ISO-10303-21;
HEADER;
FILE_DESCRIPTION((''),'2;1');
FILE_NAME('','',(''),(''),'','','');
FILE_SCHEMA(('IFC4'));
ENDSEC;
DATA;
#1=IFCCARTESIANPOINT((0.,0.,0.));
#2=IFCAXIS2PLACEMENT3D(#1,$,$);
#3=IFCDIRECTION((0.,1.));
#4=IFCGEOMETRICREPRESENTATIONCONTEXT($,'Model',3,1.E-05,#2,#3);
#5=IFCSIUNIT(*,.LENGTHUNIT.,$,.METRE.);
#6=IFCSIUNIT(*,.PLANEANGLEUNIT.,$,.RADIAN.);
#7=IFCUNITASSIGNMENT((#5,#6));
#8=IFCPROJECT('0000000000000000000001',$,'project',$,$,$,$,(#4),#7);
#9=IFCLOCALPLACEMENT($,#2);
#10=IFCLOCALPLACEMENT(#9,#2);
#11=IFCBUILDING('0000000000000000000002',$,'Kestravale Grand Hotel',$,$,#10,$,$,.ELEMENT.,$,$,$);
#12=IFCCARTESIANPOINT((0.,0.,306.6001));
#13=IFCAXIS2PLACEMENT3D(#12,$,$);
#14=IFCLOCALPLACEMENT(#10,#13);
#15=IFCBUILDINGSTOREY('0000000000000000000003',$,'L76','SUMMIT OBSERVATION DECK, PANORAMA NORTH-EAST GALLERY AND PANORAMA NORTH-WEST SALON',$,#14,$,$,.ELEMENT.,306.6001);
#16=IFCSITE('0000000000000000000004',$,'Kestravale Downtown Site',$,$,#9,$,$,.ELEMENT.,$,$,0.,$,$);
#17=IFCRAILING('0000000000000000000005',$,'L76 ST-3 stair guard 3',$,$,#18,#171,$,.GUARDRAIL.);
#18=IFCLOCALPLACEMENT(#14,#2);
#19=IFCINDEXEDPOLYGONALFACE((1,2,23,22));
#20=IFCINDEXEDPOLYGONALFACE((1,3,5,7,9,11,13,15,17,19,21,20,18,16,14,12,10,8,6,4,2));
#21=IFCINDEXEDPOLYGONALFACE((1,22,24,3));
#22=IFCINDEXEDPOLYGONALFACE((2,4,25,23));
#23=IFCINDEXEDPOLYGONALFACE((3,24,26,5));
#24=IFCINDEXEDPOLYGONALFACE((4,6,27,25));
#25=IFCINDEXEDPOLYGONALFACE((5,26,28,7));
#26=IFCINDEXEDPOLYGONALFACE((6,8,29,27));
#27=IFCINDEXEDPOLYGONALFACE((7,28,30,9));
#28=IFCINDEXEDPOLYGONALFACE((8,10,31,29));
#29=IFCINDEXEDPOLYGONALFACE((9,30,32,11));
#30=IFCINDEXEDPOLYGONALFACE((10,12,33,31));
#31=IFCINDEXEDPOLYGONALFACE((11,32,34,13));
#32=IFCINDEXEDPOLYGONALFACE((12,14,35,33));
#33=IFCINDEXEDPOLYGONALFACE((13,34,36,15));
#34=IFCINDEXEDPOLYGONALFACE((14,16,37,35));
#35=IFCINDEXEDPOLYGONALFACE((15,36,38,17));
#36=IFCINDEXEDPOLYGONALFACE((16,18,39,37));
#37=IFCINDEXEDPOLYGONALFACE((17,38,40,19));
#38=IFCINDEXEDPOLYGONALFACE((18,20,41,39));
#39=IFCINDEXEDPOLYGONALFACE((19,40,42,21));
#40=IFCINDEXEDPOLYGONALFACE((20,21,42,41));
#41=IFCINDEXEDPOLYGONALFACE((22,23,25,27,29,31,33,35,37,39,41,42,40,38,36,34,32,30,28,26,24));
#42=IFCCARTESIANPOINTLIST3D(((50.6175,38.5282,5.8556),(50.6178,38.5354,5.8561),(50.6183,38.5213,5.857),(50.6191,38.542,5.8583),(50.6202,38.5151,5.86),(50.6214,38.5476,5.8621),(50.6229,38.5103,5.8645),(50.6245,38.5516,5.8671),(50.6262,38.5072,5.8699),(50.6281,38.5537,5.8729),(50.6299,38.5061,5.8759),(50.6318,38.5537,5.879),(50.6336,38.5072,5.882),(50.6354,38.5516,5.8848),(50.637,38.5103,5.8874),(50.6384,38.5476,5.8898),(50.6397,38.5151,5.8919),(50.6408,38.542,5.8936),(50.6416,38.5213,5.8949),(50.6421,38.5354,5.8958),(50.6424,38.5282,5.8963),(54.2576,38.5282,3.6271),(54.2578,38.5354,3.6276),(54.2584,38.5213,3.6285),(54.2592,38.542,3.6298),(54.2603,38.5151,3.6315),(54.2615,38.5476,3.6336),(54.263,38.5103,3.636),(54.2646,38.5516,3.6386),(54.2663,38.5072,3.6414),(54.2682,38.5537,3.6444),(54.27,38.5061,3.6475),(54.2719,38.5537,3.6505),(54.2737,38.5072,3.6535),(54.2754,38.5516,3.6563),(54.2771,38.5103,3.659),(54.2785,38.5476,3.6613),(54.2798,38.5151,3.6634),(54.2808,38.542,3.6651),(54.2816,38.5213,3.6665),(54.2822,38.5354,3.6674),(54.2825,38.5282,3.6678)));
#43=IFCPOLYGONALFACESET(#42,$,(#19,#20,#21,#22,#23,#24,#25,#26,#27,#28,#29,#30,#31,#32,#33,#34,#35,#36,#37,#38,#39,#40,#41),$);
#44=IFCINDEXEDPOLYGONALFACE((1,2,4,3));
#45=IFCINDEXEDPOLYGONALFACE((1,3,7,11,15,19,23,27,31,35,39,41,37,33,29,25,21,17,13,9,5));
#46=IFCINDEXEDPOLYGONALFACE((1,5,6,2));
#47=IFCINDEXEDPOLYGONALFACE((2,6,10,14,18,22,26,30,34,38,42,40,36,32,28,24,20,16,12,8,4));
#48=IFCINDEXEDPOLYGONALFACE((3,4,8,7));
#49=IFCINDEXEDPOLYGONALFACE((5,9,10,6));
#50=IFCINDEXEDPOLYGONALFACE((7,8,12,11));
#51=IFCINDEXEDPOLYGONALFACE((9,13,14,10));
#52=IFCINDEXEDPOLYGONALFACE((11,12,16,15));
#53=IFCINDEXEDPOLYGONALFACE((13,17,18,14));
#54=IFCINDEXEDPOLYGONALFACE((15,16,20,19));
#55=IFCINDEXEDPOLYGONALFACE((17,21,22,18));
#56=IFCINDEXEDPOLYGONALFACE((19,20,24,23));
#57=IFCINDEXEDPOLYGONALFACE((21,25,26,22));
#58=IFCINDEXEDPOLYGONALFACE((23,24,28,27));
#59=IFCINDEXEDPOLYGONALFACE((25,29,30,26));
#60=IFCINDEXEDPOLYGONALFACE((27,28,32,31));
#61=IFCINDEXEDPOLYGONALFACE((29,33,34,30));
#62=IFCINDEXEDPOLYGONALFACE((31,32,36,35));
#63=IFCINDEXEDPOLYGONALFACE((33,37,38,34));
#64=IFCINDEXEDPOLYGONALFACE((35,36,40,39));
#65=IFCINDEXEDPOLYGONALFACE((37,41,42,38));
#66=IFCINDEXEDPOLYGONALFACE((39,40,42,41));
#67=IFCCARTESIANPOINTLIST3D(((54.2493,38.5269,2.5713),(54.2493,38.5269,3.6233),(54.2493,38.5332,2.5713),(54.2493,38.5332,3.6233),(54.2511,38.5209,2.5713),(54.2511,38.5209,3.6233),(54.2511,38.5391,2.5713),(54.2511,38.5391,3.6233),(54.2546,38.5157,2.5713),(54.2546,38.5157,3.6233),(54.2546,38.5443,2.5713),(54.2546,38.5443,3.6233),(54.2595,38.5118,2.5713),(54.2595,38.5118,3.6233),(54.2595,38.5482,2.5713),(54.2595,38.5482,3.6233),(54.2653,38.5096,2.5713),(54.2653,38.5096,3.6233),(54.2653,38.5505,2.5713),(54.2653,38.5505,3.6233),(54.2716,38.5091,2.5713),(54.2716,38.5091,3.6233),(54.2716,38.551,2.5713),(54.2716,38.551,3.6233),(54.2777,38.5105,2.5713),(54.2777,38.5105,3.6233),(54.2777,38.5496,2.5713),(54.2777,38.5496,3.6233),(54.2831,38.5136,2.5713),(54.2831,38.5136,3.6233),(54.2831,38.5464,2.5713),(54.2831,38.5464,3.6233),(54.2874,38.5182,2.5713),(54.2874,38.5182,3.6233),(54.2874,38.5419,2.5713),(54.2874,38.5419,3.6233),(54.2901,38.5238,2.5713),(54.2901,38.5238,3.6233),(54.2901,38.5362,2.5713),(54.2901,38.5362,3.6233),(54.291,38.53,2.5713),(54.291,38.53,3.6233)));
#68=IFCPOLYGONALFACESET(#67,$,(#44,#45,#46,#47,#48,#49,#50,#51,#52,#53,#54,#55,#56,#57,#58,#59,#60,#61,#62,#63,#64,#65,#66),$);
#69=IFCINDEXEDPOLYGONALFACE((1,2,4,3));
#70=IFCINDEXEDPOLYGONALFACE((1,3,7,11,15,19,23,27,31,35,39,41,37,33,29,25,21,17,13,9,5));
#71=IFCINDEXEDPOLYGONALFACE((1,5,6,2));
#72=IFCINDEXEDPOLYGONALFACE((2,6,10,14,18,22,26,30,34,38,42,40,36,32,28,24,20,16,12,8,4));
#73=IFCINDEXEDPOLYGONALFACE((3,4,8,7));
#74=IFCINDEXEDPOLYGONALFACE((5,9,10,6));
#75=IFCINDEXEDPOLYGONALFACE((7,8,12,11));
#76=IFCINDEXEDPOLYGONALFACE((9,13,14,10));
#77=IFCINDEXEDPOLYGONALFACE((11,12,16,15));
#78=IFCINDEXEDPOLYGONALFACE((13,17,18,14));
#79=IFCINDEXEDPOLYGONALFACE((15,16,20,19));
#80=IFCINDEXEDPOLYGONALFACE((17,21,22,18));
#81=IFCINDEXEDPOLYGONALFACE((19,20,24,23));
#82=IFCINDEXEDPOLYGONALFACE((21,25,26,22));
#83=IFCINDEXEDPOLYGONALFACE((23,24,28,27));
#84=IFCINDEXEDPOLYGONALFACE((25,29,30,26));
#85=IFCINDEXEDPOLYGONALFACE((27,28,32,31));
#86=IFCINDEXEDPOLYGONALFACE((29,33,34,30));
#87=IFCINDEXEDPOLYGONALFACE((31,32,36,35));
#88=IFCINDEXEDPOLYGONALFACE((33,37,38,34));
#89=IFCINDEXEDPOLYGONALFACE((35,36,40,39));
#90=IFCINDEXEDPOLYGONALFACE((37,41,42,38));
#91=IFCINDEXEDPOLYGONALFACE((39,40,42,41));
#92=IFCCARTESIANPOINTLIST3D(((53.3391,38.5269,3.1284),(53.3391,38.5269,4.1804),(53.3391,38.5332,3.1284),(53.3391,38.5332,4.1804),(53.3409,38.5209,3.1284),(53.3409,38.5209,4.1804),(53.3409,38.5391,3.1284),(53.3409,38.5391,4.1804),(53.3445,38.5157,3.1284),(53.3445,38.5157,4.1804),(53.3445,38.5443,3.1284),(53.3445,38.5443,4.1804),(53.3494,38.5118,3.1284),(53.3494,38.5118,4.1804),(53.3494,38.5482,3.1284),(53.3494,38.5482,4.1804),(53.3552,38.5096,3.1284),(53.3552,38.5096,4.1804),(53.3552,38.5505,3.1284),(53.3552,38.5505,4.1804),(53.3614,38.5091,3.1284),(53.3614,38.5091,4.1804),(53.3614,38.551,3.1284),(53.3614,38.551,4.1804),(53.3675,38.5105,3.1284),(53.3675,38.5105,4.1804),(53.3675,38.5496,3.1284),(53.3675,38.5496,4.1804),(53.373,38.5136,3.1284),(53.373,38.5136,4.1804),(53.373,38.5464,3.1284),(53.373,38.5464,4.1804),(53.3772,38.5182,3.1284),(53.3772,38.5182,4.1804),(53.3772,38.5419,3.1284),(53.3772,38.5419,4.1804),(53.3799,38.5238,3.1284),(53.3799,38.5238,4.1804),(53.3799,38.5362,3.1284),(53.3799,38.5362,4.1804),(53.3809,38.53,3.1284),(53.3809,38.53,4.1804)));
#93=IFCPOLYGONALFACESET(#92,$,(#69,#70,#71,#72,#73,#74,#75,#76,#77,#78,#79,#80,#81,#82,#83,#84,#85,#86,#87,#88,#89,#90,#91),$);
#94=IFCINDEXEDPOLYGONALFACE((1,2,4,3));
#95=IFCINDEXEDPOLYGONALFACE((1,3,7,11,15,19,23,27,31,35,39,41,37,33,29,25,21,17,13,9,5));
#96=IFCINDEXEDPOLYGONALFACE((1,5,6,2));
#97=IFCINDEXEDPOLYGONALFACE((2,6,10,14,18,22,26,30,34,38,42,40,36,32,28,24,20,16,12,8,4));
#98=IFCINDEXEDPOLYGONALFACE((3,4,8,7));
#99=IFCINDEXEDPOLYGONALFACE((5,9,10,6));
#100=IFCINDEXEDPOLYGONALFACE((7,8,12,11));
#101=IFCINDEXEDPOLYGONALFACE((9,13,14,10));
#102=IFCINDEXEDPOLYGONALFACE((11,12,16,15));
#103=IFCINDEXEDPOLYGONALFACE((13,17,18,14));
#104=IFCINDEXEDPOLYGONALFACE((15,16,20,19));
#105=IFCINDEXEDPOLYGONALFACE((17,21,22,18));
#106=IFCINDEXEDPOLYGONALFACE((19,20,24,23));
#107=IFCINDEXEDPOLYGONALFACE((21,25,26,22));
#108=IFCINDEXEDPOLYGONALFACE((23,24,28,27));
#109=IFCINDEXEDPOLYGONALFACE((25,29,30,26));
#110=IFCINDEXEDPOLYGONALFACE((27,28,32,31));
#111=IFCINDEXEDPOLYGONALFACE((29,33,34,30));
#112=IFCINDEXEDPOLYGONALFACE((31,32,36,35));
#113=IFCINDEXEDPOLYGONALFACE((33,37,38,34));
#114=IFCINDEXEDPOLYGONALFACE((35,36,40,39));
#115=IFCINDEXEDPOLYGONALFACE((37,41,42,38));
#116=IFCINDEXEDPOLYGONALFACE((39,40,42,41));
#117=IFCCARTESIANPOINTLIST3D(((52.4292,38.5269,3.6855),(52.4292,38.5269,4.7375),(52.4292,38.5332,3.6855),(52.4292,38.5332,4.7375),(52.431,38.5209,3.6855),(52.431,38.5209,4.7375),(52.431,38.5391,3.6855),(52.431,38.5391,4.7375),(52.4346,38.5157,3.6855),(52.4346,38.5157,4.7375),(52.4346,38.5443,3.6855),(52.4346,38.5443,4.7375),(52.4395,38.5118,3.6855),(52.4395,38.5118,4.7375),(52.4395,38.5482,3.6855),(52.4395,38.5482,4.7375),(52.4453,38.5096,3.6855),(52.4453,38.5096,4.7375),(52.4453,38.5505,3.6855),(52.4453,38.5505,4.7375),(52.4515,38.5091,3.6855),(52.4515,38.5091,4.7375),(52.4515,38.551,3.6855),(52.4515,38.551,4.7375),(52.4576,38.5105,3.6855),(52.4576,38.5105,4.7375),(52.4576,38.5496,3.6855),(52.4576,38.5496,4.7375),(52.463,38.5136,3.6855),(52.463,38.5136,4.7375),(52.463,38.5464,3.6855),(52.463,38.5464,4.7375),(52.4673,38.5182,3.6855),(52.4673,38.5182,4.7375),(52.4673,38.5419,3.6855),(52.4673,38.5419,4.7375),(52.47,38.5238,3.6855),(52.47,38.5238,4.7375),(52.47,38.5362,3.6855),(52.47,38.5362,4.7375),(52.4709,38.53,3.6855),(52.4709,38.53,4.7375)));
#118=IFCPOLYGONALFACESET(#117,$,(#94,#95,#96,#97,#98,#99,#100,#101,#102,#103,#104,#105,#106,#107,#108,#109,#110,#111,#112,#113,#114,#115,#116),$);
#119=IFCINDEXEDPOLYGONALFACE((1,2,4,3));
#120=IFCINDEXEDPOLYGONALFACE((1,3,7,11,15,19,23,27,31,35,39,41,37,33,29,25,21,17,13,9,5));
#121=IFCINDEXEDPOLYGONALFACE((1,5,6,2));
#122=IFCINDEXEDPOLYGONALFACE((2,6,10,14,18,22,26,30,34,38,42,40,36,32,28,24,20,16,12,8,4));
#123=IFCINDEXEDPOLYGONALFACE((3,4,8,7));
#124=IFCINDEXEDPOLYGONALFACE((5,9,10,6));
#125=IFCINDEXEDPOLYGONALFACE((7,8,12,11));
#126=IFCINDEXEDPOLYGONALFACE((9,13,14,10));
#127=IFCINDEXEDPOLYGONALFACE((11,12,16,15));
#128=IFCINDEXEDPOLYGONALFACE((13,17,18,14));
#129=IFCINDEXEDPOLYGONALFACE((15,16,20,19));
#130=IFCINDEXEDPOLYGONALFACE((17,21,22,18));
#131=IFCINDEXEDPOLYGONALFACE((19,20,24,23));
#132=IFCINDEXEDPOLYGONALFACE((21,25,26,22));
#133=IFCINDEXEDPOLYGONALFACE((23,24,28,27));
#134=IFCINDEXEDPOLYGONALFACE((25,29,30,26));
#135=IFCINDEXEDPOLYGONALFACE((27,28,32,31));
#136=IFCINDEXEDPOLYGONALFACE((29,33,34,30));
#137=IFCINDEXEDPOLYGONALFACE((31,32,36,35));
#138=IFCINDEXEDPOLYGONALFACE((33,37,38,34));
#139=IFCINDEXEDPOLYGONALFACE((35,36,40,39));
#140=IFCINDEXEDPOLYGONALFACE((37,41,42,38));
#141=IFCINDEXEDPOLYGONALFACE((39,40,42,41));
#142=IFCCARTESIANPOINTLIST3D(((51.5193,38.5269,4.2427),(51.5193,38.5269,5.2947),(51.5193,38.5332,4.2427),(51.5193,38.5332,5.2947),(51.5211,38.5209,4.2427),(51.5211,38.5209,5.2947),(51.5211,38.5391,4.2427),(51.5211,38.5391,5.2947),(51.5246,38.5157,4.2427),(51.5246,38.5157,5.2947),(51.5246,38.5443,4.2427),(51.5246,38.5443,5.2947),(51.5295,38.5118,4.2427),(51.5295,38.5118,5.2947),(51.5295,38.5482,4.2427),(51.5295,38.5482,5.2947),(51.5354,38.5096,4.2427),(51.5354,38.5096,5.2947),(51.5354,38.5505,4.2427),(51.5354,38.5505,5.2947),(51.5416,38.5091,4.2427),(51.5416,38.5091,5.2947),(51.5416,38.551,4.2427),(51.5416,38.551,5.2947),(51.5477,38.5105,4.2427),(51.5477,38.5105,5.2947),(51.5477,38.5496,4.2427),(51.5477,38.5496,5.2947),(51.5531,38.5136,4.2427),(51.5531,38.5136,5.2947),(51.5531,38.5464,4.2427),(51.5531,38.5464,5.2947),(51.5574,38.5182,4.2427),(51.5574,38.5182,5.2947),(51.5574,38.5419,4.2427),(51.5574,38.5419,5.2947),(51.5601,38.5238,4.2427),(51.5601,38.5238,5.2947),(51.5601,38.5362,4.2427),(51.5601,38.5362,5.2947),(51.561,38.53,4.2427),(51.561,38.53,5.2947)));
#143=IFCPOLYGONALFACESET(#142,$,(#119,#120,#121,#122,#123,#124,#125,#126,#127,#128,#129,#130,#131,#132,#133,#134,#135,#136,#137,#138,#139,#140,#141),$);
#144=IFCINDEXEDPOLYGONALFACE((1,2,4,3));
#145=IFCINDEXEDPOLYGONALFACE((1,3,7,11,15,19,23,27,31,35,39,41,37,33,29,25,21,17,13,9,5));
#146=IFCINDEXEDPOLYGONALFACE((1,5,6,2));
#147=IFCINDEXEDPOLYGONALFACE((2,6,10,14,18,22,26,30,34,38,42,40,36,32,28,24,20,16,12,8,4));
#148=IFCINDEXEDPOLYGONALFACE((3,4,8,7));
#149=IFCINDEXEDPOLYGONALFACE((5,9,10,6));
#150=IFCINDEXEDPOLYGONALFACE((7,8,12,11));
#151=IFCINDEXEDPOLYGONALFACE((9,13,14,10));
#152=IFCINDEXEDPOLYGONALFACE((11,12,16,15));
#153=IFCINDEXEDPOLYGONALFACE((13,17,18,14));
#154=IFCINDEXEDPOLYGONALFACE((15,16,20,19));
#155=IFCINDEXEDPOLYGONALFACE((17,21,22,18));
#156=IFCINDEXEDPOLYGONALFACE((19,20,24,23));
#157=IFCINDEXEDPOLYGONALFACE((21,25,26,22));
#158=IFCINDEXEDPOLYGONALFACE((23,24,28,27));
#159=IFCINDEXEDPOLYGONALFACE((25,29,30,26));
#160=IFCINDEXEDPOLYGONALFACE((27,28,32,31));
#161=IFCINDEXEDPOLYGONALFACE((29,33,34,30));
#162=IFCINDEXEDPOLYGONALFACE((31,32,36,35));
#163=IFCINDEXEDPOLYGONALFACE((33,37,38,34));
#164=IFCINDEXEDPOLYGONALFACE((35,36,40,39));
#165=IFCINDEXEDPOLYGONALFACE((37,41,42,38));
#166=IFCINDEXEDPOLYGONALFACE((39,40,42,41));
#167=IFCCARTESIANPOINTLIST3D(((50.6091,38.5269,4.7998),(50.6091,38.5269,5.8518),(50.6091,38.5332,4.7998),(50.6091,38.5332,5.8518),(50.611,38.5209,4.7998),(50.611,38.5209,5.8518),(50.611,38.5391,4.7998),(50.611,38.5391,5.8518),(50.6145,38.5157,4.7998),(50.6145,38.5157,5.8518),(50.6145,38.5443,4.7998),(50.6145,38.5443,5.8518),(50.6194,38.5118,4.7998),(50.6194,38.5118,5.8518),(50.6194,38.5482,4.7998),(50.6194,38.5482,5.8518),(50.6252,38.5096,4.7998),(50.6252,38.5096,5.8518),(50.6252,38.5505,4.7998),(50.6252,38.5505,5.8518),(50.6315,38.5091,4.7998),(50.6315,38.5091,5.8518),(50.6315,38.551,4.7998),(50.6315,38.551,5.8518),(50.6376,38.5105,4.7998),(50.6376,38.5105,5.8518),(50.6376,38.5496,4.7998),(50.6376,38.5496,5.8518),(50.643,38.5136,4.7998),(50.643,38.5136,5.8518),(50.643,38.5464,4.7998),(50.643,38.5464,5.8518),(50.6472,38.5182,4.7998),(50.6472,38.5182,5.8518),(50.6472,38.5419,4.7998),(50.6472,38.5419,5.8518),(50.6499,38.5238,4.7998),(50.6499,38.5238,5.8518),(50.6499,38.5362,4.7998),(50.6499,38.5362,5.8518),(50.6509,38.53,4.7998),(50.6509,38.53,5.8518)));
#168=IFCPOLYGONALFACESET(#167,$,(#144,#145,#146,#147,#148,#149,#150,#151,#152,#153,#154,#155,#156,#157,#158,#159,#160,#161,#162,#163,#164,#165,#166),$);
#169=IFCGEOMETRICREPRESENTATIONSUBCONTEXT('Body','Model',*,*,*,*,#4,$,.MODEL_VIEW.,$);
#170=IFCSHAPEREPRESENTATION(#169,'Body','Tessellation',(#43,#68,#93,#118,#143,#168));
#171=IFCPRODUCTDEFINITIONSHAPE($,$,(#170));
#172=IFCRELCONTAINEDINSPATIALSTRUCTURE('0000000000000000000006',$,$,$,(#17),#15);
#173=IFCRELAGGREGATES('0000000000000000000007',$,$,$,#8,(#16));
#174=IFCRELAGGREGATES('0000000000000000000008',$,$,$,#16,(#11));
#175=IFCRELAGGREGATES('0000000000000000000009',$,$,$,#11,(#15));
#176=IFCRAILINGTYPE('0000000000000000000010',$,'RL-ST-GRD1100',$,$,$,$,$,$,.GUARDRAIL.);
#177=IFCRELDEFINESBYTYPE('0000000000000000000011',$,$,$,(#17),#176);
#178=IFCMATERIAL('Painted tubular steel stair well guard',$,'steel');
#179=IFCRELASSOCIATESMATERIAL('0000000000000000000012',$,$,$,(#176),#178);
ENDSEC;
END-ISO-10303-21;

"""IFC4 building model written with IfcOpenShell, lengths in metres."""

from ifc_helpers import new_model, si_unit, direction, frame, origin, origin_2d, place, context, subcontext, project, spatial, circle, extrude, material, type_object, element, save


model = new_model("IFC4")

# Units and contexts
model_context = context("Model", 3, precision=1e-05, world=origin(), true_north=direction((0.0, 1.0)))
body_context = subcontext(model_context, "Body", "Model", "MODEL_VIEW")
ifc_project = project(units=[si_unit("LENGTHUNIT", "METRE"), si_unit("PLANEANGLEUNIT", "RADIAN")], contexts=[model_context])

# Site, building, storey
site_placement = place(None, origin())
site = spatial("IfcSite", under=ifc_project, at=site_placement, Name="Kestravale Downtown Site", CompositionType="ELEMENT", RefElevation=0.0)
building_placement = place(site_placement, origin())
building = spatial("IfcBuilding", under=site, at=building_placement, Name="Kestravale Grand Hotel", CompositionType="ELEMENT")
storey_placement = place(building_placement, frame((0.0, 0.0, 306.6001)))
storey = spatial("IfcBuildingStorey", under=building, at=storey_placement, Name="L76", Description="SUMMIT OBSERVATION DECK, PANORAMA NORTH-EAST GALLERY AND PANORAMA NORTH-WEST SALON", CompositionType="ELEMENT", Elevation=306.6001)

# Railing
ifc_material_1 = material(Name="Painted tubular steel stair well guard", Category="steel")
railing_type_1 = type_object("IfcRailingType", Name="RL-ST-GRD1100", PredefinedType="GUARDRAIL", material=ifc_material_1)
railing_1_placement = place(storey_placement, frame((54.27, 38.53, 2.5713)))
element("IfcRailing", 1, at=railing_1_placement, inside=storey, type_object=railing_type_1, Name="L76 ST-3 stair guard 3", PredefinedType="GUARDRAIL", context=body_context, shape_type="SweptSolid", body=[
    extrude(circle(Radius=0.0239, at=origin_2d()), frame((0.0, 0.0, 1.0762), z_axis=(-0.852866, 0.0, 0.52213), x_axis=(0.0, -1.0, 0.0)), (0.0, 0.0, 1.0), 4.2681),
    extrude(circle(Radius=0.021, at=origin_2d()), origin(), (0.0, 0.0, 1.0), 1.052),
    extrude(circle(Radius=0.021, at=origin_2d()), frame((-0.9102, 0.0, 0.5571)), (0.0, 0.0, 1.0), 1.052),
    extrude(circle(Radius=0.021, at=origin_2d()), frame((-1.8201, 0.0, 1.1143)), (0.0, 0.0, 1.0), 1.052),
    extrude(circle(Radius=0.021, at=origin_2d()), frame((-2.73, 0.0, 1.6714)), (0.0, 0.0, 1.0), 1.052),
    extrude(circle(Radius=0.021, at=origin_2d()), frame((-3.6401, 0.0, 2.2285)), (0.0, 0.0, 1.0), 1.052),
])

save(model, "model.ifc")
